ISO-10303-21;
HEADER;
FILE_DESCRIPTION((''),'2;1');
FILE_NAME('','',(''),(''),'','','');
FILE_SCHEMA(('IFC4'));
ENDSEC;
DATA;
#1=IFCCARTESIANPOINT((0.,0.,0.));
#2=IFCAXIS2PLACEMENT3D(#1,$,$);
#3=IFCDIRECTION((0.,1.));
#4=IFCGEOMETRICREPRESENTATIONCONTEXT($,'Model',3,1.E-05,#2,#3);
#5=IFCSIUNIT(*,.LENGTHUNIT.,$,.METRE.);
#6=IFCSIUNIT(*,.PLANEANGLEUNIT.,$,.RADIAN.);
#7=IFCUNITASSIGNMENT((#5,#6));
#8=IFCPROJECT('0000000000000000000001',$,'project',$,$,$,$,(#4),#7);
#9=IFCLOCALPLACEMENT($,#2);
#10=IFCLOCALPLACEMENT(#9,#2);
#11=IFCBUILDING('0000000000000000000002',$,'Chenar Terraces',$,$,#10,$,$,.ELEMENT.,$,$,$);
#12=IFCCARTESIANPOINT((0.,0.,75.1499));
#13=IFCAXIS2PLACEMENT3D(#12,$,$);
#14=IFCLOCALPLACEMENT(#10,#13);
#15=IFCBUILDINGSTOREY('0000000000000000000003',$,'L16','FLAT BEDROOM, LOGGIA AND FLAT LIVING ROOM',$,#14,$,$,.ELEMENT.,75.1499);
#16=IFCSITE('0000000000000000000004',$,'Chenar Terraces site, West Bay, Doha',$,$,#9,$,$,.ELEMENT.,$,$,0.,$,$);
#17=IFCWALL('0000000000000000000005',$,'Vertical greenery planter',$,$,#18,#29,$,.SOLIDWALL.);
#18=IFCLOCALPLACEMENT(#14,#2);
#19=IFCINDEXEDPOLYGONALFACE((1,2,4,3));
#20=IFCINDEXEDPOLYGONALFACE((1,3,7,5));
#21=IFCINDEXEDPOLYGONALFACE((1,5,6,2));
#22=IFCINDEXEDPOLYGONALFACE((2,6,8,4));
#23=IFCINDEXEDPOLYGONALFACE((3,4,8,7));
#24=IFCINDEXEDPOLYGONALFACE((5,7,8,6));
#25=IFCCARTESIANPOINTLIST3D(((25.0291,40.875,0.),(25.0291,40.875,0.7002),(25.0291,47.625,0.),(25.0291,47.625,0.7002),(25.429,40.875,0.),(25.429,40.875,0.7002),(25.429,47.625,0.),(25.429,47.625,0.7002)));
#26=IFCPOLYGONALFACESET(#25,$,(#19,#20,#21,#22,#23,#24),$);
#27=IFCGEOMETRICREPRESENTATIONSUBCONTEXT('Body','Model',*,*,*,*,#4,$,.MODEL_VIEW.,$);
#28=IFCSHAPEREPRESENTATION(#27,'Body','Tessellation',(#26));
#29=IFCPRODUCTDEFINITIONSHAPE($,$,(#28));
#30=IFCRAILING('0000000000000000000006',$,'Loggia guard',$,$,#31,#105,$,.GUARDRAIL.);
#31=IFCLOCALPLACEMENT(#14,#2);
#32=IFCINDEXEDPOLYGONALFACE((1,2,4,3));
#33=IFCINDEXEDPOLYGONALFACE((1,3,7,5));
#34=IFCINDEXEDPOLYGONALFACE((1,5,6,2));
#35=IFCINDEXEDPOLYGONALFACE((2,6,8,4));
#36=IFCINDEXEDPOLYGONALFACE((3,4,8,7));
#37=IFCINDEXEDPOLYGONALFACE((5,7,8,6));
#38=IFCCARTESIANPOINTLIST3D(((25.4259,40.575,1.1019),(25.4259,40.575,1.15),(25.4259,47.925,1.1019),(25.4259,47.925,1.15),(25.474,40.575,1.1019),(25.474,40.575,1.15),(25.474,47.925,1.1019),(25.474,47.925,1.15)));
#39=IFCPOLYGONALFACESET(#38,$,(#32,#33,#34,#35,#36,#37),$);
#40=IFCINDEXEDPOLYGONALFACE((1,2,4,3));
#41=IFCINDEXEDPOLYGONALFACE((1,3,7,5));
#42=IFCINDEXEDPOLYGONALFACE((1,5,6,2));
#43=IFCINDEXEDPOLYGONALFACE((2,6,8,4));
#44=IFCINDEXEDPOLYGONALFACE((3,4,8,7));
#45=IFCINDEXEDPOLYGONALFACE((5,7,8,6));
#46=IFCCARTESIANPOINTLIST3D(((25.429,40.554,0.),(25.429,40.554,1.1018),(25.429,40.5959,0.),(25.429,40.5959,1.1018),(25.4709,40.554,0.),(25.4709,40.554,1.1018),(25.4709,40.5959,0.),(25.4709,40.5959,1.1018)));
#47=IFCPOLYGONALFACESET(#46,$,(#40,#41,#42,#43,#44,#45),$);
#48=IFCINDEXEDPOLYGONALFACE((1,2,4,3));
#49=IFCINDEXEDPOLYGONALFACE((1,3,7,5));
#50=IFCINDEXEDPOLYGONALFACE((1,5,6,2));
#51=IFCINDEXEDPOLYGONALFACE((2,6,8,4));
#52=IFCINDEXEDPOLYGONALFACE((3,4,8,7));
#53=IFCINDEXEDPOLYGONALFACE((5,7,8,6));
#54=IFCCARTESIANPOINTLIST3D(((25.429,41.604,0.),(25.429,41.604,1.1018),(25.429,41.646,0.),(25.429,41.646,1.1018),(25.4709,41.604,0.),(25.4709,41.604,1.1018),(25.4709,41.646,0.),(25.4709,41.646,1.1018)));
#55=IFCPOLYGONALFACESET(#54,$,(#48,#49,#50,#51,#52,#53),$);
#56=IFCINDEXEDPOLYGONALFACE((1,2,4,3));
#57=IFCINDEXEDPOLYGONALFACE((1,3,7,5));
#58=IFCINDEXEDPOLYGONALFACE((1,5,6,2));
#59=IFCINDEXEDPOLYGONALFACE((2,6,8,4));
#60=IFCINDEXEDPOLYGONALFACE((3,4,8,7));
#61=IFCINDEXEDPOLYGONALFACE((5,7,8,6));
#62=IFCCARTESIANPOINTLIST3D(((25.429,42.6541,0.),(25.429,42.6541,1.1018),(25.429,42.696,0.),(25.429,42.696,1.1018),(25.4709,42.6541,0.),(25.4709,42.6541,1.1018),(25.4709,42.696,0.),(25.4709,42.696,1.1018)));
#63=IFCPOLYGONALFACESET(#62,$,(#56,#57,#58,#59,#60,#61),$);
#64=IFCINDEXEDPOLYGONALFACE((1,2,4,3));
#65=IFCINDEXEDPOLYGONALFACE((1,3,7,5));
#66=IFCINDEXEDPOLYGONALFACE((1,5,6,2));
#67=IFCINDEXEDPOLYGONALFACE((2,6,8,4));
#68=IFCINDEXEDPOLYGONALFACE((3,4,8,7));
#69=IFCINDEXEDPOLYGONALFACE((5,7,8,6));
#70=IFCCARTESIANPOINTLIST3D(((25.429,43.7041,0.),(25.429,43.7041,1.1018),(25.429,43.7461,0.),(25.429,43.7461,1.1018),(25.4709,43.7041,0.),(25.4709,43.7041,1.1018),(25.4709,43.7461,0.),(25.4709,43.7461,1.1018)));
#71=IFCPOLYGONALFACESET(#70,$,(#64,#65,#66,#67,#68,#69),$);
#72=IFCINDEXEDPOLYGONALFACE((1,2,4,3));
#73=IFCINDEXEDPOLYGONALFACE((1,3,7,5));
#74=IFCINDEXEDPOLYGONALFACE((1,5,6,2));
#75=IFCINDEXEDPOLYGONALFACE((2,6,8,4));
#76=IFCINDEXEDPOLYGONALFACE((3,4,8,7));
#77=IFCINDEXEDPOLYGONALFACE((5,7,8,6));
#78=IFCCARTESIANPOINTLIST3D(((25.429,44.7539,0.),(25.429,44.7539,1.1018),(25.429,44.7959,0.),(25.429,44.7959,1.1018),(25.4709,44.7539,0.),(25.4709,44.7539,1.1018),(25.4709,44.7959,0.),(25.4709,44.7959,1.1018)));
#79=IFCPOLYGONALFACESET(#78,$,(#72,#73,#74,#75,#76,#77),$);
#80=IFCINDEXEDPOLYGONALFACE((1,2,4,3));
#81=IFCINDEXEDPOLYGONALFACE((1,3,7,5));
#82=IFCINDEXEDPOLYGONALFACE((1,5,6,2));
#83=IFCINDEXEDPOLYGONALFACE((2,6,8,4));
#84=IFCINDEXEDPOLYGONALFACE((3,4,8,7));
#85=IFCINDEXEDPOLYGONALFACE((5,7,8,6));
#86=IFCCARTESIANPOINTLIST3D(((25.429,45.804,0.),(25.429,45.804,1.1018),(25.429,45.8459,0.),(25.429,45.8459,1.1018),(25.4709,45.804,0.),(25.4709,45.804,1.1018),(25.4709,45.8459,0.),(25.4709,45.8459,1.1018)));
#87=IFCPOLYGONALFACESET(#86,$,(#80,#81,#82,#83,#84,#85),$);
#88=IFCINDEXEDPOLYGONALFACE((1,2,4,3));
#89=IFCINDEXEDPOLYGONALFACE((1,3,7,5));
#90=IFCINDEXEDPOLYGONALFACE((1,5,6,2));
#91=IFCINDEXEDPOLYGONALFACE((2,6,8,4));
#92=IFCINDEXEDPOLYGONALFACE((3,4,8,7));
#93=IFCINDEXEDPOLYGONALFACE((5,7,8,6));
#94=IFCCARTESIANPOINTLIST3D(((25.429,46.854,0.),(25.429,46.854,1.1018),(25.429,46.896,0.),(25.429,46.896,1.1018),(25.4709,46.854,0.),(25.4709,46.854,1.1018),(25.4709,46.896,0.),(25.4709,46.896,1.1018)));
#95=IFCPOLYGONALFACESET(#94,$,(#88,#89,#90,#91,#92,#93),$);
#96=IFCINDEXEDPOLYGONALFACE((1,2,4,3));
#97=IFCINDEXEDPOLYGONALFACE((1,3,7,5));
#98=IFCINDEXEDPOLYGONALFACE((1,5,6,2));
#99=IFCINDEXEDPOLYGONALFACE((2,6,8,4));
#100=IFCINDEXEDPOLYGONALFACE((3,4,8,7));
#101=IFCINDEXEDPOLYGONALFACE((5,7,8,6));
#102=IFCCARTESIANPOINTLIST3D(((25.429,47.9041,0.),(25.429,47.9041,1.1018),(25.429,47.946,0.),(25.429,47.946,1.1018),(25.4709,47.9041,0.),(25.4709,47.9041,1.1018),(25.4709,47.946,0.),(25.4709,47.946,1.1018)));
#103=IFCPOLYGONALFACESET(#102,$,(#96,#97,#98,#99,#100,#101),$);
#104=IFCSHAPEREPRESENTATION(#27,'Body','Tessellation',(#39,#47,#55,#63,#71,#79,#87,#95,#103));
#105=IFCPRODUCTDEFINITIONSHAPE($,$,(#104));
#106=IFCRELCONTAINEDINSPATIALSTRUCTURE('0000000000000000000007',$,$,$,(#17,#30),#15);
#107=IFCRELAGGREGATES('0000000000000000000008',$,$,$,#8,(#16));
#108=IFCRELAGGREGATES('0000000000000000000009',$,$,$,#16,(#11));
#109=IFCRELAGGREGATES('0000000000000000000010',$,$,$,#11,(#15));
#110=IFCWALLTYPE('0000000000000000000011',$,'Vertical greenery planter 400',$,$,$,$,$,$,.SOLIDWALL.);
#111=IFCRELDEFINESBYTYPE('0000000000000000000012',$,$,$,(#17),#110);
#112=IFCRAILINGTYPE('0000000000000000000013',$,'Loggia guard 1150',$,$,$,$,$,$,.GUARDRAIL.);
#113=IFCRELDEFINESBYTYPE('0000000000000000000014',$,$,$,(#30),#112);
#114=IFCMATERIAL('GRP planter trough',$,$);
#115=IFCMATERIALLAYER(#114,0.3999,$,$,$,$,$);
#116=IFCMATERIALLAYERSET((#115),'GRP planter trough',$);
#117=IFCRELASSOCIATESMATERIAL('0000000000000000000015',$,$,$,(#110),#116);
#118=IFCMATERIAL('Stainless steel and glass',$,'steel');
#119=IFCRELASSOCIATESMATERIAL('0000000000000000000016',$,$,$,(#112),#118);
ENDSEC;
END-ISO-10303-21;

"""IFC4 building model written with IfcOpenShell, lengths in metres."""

from ifc_helpers import new_model, si_unit, direction, frame, frame_2d, origin, origin_2d, place, context, subcontext, project, spatial, rectangle, extrude, material, layer, layer_set, type_object, element, save


model = new_model("IFC4")

# Units and contexts
model_context = context("Model", 3, precision=1e-05, world=origin(), true_north=direction((0.0, 1.0)))
body_context = subcontext(model_context, "Body", "Model", "MODEL_VIEW")
ifc_project = project(units=[si_unit("LENGTHUNIT", "METRE"), si_unit("PLANEANGLEUNIT", "RADIAN")], contexts=[model_context])

# Site, building, storey
site_placement = place(None, origin())
site = spatial("IfcSite", under=ifc_project, at=site_placement, Name="Chenar Terraces site, West Bay, Doha", CompositionType="ELEMENT", RefElevation=0.0)
building_placement = place(site_placement, origin())
building = spatial("IfcBuilding", under=site, at=building_placement, Name="Chenar Terraces", CompositionType="ELEMENT")
storey_placement = place(building_placement, frame((0.0, 0.0, 75.1499)))
storey = spatial("IfcBuildingStorey", under=building, at=storey_placement, Name="L16", Description="FLAT BEDROOM, LOGGIA AND FLAT LIVING ROOM", CompositionType="ELEMENT", Elevation=75.1499)

# Wall
ifc_material_1 = material(Name="GRP planter trough")
ifc_layer_1 = layer(ifc_material_1, 0.3999)
ifc_layer_set_1 = layer_set([ifc_layer_1], Name="GRP planter trough")
wall_type_1 = type_object("IfcWallType", Name="Vertical greenery planter 400", PredefinedType="SOLIDWALL", material=ifc_layer_set_1)
wall_1_placement = place(storey_placement, frame((25.229, 40.875, 0.0), z_axis=(0.0, 0.0, 1.0), x_axis=(0.0, 1.0, 0.0)))
element("IfcWall", 1, at=wall_1_placement, inside=storey, type_object=wall_type_1, Name="Vertical greenery planter", PredefinedType="SOLIDWALL", context=body_context, shape_type="SweptSolid", body=[
    extrude(rectangle(XDim=6.75, YDim=0.3999, at=frame_2d((3.375, 0.0))), origin(), (0.0, 0.0, 1.0), 0.7002),
])

# Railing
ifc_material_2 = material(Name="Stainless steel and glass", Category="steel")
railing_type = type_object("IfcRailingType", Name="Loggia guard 1150", PredefinedType="GUARDRAIL", material=ifc_material_2)
railing_placement = place(storey_placement, frame((25.45, 40.575, 0.0)))
element("IfcRailing", 2, at=railing_placement, inside=storey, type_object=railing_type, Name="Loggia guard", PredefinedType="GUARDRAIL", context=body_context, shape_type="SweptSolid", body=[
    extrude(rectangle(XDim=0.0481, YDim=0.0481, at=origin_2d()), frame((0.0, 0.0, 1.126), z_axis=(0.0, 1.0, 0.0), x_axis=(-1.0, 0.0, 0.0)), (0.0, 0.0, 1.0), 7.3501),
    extrude(rectangle(XDim=0.042, YDim=0.042, at=origin_2d()), origin(), (0.0, 0.0, 1.0), 1.1018),
    extrude(rectangle(XDim=0.042, YDim=0.042, at=origin_2d()), frame((0.0, 1.05, 0.0)), (0.0, 0.0, 1.0), 1.1018),
    extrude(rectangle(XDim=0.042, YDim=0.042, at=origin_2d()), frame((0.0, 2.1001, 0.0)), (0.0, 0.0, 1.0), 1.1018),
    extrude(rectangle(XDim=0.042, YDim=0.042, at=origin_2d()), frame((0.0, 3.1501, 0.0)), (0.0, 0.0, 1.0), 1.1018),
    extrude(rectangle(XDim=0.042, YDim=0.042, at=origin_2d()), frame((0.0, 4.2, 0.0)), (0.0, 0.0, 1.0), 1.1018),
    extrude(rectangle(XDim=0.042, YDim=0.042, at=origin_2d()), frame((0.0, 5.25, 0.0)), (0.0, 0.0, 1.0), 1.1018),
    extrude(rectangle(XDim=0.042, YDim=0.042, at=origin_2d()), frame((0.0, 6.3, 0.0)), (0.0, 0.0, 1.0), 1.1018),
    extrude(rectangle(XDim=0.042, YDim=0.042, at=origin_2d()), frame((0.0, 7.3501, 0.0)), (0.0, 0.0, 1.0), 1.1018),
])

save(model, "model.ifc")
